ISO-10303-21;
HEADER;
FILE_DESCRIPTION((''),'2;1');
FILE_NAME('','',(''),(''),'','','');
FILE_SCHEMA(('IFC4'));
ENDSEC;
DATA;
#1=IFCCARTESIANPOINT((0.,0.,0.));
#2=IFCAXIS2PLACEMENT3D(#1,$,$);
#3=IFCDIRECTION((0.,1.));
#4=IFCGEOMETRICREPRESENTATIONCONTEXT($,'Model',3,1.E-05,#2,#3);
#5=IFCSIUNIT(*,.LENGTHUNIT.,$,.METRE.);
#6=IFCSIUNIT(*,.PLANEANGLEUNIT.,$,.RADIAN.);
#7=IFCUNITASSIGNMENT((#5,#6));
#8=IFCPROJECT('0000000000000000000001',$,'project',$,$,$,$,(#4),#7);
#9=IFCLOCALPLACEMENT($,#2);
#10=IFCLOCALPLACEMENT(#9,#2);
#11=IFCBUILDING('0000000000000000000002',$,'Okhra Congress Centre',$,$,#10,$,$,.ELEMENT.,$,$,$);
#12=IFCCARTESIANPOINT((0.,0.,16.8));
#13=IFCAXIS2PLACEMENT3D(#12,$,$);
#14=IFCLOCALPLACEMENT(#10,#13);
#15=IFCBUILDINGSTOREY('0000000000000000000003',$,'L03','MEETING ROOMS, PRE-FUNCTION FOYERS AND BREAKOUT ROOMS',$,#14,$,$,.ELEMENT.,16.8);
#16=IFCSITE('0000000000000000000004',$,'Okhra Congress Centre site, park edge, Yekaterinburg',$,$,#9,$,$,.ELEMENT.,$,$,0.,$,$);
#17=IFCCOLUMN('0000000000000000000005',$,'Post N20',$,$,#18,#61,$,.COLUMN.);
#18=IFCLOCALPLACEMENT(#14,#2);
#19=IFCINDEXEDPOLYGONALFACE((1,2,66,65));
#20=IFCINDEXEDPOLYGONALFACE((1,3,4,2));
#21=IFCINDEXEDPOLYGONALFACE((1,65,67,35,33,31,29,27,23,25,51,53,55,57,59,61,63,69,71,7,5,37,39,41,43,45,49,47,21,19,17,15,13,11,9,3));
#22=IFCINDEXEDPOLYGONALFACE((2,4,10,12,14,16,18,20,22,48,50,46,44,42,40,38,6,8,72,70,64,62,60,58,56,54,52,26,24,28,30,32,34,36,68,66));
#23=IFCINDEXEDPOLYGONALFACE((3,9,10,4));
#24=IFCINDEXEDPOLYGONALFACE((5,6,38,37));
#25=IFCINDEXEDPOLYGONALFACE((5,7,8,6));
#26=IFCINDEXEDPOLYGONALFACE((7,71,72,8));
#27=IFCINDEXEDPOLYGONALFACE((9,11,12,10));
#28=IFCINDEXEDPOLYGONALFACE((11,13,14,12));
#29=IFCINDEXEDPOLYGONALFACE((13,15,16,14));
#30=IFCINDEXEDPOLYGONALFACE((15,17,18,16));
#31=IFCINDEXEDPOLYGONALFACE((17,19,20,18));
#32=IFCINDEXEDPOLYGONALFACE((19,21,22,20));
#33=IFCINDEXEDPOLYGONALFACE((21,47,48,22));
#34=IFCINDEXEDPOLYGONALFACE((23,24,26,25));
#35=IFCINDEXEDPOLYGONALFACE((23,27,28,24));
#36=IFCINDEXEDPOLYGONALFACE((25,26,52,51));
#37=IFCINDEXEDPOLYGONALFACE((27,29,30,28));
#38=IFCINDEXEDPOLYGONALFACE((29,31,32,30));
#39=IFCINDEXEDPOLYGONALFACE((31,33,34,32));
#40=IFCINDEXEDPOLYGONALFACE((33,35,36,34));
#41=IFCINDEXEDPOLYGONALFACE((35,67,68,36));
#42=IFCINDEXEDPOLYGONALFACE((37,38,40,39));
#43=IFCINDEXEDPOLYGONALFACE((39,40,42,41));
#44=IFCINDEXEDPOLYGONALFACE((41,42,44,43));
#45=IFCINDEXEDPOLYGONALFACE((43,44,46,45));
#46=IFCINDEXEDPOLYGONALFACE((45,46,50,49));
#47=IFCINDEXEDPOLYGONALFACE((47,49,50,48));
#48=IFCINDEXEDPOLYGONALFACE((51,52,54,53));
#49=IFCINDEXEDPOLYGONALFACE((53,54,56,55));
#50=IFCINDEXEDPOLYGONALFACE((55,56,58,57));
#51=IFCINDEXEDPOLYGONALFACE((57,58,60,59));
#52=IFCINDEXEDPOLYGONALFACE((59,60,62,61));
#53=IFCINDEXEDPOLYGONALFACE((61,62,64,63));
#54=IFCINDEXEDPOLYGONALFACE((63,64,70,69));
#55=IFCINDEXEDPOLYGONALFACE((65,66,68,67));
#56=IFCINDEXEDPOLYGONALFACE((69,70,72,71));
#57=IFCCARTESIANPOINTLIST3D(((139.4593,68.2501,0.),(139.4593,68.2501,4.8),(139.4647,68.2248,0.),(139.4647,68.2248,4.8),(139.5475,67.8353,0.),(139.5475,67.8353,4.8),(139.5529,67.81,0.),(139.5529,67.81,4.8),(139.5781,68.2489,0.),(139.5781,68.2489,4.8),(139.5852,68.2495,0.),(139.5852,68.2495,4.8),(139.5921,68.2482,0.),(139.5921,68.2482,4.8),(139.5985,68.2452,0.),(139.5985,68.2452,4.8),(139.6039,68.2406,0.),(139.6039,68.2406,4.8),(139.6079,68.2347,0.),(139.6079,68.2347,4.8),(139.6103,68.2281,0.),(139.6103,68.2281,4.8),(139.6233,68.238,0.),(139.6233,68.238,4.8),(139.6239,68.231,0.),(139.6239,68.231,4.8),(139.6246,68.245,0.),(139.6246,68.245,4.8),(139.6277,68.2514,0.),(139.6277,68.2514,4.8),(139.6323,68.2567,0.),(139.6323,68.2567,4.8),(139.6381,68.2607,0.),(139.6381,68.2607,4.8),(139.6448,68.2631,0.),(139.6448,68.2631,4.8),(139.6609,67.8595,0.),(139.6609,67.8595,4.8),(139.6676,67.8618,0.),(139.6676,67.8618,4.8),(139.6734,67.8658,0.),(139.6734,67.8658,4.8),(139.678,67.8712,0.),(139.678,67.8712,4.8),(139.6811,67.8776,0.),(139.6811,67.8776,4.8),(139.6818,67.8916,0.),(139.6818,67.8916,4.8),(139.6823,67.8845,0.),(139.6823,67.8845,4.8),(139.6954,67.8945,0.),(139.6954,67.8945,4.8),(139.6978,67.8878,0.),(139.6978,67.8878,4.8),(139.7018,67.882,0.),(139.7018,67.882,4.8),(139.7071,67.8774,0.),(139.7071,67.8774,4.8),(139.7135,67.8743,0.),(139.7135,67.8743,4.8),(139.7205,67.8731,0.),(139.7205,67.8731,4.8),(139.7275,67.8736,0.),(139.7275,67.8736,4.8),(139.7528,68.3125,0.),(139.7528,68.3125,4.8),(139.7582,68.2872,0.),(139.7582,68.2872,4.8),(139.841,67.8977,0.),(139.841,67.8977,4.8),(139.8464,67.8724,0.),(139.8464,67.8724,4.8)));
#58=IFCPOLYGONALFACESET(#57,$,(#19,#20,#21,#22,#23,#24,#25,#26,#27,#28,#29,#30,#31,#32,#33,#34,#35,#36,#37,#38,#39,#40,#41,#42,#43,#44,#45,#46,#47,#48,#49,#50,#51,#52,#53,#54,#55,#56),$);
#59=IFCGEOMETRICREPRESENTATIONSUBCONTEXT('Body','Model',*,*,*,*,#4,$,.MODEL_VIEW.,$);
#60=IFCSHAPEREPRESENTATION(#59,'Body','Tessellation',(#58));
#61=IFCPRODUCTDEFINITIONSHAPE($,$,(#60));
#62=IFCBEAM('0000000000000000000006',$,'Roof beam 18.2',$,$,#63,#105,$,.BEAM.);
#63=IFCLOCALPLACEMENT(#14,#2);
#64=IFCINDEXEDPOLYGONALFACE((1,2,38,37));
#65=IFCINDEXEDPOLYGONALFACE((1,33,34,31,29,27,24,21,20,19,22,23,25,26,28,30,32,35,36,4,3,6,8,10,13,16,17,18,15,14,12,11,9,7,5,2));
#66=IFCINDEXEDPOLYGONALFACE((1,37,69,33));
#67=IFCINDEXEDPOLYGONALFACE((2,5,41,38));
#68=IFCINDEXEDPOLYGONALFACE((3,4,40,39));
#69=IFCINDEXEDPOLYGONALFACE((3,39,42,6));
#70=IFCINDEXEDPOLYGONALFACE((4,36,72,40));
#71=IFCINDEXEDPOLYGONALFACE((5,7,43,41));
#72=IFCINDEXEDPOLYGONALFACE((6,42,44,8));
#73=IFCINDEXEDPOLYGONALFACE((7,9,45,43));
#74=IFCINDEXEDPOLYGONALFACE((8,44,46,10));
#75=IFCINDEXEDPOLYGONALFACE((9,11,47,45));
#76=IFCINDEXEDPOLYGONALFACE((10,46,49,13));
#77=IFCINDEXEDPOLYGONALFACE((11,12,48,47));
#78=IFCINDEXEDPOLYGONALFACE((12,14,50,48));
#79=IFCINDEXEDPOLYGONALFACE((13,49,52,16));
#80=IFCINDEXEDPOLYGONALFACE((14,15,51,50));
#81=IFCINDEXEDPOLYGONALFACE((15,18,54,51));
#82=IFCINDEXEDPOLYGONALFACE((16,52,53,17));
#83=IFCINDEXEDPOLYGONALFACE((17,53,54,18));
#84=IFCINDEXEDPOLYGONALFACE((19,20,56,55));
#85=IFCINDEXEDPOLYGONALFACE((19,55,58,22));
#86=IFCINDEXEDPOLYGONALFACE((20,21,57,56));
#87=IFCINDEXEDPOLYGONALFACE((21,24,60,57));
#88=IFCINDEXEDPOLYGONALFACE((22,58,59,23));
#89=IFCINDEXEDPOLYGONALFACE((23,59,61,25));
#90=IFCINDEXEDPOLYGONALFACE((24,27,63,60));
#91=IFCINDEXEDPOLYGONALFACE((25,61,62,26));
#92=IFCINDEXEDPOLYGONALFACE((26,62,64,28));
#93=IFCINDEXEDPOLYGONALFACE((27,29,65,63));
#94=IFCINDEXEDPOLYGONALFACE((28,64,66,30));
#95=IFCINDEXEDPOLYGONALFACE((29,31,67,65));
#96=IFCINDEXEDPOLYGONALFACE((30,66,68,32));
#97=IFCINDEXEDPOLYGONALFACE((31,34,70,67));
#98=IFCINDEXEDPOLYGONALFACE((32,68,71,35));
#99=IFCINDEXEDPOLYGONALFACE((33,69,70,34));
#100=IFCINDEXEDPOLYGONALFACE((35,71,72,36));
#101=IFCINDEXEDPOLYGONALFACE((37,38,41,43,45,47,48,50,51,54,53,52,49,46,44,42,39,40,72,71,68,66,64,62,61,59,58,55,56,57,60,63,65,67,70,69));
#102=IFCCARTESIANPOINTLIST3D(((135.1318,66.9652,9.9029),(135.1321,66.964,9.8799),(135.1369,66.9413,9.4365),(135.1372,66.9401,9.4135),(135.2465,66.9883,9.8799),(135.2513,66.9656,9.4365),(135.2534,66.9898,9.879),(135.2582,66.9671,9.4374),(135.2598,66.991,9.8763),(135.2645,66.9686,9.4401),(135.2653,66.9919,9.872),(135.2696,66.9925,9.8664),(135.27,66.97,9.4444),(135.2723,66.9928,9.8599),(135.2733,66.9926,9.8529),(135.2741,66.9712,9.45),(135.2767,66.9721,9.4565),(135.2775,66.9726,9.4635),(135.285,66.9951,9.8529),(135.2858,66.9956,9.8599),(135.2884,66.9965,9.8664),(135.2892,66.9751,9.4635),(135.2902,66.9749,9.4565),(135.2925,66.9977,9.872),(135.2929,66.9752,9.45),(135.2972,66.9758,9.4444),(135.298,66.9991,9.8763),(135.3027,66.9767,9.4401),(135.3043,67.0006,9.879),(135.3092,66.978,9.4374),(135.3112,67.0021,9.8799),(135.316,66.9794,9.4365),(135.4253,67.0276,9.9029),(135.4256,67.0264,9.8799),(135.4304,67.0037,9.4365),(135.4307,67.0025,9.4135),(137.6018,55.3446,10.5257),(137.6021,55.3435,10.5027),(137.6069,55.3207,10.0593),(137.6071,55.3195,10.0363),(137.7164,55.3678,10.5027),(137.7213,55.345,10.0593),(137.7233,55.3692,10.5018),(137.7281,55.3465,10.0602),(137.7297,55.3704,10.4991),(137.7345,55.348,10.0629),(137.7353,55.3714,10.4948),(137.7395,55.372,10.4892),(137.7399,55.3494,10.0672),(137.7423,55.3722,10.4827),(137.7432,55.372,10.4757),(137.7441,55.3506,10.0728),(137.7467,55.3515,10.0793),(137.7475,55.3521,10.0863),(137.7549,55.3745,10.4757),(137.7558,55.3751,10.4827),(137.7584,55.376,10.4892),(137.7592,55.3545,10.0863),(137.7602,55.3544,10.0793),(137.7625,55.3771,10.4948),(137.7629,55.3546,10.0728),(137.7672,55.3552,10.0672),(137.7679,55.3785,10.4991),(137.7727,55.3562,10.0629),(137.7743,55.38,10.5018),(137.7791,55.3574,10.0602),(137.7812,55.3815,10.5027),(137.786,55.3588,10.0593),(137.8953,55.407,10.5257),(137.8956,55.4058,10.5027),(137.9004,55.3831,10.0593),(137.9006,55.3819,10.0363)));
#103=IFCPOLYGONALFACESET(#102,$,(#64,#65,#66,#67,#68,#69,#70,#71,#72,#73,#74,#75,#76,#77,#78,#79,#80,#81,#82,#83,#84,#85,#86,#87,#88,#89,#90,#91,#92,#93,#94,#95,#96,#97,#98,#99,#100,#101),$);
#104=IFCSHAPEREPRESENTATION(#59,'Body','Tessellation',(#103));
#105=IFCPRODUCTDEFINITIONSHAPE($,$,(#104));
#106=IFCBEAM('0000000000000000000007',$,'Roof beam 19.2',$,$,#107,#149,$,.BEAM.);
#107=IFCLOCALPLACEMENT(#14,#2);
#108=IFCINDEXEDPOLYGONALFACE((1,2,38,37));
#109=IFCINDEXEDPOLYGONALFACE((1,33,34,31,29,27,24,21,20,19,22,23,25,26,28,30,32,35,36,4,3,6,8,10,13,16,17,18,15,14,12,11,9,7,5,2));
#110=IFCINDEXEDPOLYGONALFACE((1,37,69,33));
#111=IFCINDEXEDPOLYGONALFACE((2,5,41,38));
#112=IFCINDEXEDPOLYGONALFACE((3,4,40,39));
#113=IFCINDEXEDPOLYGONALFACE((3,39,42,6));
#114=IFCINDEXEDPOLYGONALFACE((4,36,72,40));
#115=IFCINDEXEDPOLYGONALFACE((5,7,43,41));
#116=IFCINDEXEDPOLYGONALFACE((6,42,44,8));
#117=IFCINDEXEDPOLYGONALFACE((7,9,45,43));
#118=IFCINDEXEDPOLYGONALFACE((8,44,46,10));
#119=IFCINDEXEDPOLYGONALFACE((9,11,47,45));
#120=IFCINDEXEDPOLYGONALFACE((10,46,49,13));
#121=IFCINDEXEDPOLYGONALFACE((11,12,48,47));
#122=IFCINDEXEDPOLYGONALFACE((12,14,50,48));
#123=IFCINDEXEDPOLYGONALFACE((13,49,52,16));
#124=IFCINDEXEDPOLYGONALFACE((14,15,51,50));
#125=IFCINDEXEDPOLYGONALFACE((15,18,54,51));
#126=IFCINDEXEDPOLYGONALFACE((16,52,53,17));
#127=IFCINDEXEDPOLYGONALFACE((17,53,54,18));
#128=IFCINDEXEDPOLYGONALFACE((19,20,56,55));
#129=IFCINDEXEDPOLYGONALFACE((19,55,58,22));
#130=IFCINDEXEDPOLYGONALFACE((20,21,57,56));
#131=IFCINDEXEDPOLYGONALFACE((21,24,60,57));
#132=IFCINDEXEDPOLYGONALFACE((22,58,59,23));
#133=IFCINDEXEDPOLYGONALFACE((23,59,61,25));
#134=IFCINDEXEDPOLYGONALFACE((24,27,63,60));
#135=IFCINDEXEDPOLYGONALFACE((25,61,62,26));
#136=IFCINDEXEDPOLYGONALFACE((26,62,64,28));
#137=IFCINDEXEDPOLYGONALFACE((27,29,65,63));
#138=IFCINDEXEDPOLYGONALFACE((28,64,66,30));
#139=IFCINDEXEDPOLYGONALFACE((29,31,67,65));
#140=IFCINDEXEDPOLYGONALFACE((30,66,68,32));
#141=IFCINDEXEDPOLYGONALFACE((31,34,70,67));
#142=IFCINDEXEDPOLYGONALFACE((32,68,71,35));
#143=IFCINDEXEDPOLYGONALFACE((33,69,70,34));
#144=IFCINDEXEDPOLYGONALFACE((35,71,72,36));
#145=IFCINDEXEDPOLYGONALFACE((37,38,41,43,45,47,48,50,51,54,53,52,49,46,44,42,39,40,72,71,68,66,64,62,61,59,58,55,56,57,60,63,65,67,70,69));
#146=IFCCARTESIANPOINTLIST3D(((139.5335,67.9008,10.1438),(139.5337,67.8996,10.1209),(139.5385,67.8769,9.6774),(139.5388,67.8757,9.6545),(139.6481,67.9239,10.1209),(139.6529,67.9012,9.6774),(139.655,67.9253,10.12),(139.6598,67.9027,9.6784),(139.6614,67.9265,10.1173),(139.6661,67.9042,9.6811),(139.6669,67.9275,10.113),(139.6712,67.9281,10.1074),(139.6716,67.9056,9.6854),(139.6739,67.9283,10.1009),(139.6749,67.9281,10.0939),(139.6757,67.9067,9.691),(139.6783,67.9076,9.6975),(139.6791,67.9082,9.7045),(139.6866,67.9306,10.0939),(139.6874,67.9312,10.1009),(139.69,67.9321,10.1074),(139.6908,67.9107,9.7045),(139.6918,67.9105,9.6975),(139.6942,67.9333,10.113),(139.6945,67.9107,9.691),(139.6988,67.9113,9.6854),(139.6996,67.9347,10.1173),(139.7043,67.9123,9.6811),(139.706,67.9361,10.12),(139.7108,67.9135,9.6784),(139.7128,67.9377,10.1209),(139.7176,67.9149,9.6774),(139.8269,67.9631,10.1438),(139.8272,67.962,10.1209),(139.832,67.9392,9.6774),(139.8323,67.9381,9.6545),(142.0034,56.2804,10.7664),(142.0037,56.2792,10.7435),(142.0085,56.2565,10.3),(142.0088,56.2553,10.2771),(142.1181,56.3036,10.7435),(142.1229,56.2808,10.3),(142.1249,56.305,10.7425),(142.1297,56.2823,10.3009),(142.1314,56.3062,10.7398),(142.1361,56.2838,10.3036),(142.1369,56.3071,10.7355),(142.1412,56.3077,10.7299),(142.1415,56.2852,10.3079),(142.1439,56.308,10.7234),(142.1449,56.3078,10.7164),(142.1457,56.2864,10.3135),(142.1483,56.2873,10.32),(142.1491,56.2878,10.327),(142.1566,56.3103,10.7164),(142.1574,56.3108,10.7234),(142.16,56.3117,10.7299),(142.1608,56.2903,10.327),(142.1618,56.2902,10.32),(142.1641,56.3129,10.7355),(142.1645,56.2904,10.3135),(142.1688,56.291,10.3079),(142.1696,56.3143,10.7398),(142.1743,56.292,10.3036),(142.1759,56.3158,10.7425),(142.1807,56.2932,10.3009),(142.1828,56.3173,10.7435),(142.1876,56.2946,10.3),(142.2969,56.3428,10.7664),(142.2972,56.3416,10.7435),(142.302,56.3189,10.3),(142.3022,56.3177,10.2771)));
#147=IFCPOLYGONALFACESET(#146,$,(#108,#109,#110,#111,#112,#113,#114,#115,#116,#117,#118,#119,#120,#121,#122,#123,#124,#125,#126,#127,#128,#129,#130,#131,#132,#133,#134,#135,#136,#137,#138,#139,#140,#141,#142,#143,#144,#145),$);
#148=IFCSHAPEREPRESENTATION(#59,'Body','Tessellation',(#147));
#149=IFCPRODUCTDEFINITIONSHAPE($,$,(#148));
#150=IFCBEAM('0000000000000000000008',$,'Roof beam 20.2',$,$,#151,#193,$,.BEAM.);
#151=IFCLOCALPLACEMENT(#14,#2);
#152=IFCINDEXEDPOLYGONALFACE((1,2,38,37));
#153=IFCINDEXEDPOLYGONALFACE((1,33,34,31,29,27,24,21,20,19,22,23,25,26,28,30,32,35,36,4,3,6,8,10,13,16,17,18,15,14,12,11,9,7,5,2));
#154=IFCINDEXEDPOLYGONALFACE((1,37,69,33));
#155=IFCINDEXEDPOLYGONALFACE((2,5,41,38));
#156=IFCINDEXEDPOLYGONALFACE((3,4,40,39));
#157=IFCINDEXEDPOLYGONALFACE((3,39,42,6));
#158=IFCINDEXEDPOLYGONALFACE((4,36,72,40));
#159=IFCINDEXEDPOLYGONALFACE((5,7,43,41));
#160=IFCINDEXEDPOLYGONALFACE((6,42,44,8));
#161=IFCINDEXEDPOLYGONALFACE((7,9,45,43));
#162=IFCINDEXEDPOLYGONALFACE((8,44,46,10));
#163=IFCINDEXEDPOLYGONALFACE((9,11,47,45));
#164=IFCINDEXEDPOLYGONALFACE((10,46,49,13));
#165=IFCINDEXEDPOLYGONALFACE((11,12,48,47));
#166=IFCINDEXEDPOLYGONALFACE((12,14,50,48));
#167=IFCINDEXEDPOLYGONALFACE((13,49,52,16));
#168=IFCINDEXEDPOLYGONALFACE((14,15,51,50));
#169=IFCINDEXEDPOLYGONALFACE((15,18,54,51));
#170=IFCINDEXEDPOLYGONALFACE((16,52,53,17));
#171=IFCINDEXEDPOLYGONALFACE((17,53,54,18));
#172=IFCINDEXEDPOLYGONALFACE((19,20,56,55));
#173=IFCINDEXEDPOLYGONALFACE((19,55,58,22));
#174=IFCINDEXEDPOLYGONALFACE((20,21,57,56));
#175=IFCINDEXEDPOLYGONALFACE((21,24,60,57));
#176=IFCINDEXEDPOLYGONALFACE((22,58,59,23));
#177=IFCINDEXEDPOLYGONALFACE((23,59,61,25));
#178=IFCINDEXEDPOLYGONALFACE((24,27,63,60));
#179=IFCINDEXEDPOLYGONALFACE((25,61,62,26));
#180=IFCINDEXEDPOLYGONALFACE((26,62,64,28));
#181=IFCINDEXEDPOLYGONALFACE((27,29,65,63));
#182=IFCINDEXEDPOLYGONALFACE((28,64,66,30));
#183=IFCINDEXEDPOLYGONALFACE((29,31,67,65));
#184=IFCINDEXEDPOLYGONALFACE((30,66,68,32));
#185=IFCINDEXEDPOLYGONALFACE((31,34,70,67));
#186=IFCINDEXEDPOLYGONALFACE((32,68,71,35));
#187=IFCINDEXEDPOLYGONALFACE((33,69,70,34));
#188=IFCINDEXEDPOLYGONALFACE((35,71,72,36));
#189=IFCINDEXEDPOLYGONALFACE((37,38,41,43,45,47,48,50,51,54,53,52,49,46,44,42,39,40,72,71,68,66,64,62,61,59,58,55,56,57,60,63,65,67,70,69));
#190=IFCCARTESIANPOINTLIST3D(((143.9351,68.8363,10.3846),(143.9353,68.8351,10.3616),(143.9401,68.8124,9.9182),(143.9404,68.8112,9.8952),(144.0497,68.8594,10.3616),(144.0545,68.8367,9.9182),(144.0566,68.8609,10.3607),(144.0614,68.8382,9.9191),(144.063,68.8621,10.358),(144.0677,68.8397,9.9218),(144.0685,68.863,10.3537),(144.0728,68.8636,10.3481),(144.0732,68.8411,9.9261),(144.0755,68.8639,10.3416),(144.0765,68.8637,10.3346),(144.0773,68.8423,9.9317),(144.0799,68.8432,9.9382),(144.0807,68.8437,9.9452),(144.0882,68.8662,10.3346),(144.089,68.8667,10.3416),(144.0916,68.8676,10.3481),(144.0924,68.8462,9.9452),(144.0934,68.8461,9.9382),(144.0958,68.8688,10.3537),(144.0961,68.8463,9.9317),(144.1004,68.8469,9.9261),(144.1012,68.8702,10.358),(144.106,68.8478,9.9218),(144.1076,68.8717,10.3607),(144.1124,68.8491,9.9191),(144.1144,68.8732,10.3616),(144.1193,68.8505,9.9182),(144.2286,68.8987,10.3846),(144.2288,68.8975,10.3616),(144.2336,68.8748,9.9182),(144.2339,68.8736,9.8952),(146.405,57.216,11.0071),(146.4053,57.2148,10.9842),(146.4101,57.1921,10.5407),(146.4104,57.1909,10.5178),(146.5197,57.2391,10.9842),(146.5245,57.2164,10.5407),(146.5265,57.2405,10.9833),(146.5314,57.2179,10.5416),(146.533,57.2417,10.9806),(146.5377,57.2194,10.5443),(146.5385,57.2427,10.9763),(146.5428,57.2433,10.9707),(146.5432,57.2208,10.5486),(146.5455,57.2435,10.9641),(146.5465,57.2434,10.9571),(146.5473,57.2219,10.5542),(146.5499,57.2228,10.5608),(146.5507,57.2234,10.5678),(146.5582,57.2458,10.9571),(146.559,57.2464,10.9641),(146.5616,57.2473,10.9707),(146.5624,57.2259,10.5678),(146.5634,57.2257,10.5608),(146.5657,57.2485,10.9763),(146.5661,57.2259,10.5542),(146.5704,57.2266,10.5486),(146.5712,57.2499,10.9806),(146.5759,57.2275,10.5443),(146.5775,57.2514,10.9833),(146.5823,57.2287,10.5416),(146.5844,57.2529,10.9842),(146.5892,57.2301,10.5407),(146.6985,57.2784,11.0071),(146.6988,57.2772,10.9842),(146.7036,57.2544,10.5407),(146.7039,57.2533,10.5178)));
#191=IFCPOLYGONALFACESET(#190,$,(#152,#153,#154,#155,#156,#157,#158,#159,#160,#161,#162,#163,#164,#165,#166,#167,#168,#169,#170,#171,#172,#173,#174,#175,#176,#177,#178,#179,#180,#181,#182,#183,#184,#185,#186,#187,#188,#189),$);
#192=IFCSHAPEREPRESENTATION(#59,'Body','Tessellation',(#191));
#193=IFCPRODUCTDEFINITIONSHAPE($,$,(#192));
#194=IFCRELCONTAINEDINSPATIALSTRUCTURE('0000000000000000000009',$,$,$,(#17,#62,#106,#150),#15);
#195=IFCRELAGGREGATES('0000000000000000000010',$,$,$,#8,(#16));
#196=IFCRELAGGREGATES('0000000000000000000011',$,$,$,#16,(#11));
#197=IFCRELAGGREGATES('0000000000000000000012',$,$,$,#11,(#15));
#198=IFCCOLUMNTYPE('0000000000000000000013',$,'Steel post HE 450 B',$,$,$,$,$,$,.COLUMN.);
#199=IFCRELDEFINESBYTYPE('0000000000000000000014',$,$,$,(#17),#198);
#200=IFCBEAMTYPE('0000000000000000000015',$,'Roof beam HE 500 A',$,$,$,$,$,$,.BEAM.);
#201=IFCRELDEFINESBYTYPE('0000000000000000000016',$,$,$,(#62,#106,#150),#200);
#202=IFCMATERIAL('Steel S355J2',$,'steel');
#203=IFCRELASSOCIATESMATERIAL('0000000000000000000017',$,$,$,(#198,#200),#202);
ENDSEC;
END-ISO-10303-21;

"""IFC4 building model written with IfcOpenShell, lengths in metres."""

from ifc_helpers import new_model, si_unit, direction, frame, origin, origin_2d, place, context, subcontext, project, spatial, i_section, extrude, material, material_profile, profile_set, type_object, element, save


model = new_model("IFC4")

# Units and contexts
model_context = context("Model", 3, precision=1e-05, world=origin(), true_north=direction((0.0, 1.0)))
body_context = subcontext(model_context, "Body", "Model", "MODEL_VIEW")
ifc_project = project(units=[si_unit("LENGTHUNIT", "METRE"), si_unit("PLANEANGLEUNIT", "RADIAN")], contexts=[model_context])

# Site, building, storey
site_placement = place(None, origin())
site = spatial("IfcSite", under=ifc_project, at=site_placement, Name="Okhra Congress Centre site, park edge, Yekaterinburg", CompositionType="ELEMENT", RefElevation=0.0)
building_placement = place(site_placement, origin())
building = spatial("IfcBuilding", under=site, at=building_placement, Name="Okhra Congress Centre", CompositionType="ELEMENT")
storey_placement = place(building_placement, frame((0.0, 0.0, 16.8)))
storey = spatial("IfcBuildingStorey", under=building, at=storey_placement, Name="L03", Description="MEETING ROOMS, PRE-FUNCTION FOYERS AND BREAKOUT ROOMS", CompositionType="ELEMENT", Elevation=16.8)

# Column
ifc_material_1 = material(Name="Steel S355J2", Category="steel")
ifc_material_profile_1 = material_profile(ifc_material_1, i_section(OverallWidth=0.3, OverallDepth=0.45, WebThickness=0.0139, FlangeThickness=0.0259, FilletRadius=0.0271, at=origin_2d()), Name="HE 450 B")
ifc_profile_set_1 = profile_set([ifc_material_profile_1], Name="Steel S355J2")
column_type = type_object("IfcColumnType", Name="Steel post HE 450 B", PredefinedType="COLUMN", material=ifc_profile_set_1)
column_placement = place(storey_placement, frame((139.6528, 68.0613, 0.0), z_axis=(0.0, 0.0, 1.0), x_axis=(0.978148, 0.207912, 0.0)))
element("IfcColumn", 1, at=column_placement, inside=storey, type_object=column_type, Name="Post N20", PredefinedType="COLUMN", context=body_context, shape_type="SweptSolid", body=[
    extrude(i_section(OverallWidth=0.3, OverallDepth=0.45, WebThickness=0.0139, FlangeThickness=0.0259, FilletRadius=0.0271, at=origin_2d()), origin(), (0.0, 0.0, 1.0), 4.8),
])

# Beams
ifc_material_profile_2 = material_profile(ifc_material_1, i_section(OverallWidth=0.3, OverallDepth=0.49, WebThickness=0.012, FlangeThickness=0.0229, FilletRadius=0.0271, at=origin_2d()), Name="HE 500 A")
ifc_profile_set_2 = profile_set([ifc_material_profile_2], Name="Steel S355J2")
beam_type = type_object("IfcBeamType", Name="Roof beam HE 500 A", PredefinedType="BEAM", material=ifc_profile_set_2)
beam_placement = place(storey_placement, frame((137.7512, 55.3633, 10.281), z_axis=(-0.207621, 0.976807, -0.052352), x_axis=(-0.978149, -0.207906, 0.0)))
element("IfcBeam", 2, at=beam_placement, inside=storey, type_object=beam_type, Name="Roof beam 18.2", PredefinedType="BEAM", context=body_context, shape_type="SweptSolid", body=[
    extrude(i_section(OverallWidth=0.3, OverallDepth=0.49, WebThickness=0.012, FlangeThickness=0.0229, FilletRadius=0.0271, at=origin_2d()), origin(), (0.0, 0.0, 1.0), 11.8965),
])
for number, where, z_axis, x_axis, name in (
    (3, (142.1528, 56.2991, 10.5217), (-0.207626, 0.976808, -0.052332), (-0.978148, -0.207911, 0.0), "Roof beam 19.2"),
    (4, (146.5544, 57.2346, 10.7625), (-0.207626, 0.976808, -0.052332), (-0.978148, -0.207911, 0.0), "Roof beam 20.2"),
):
    element("IfcBeam", number, at=place(storey_placement, frame(where, z_axis=z_axis, x_axis=x_axis)), inside=storey, type_object=beam_type, Name=name, PredefinedType="BEAM", context=body_context, shape_type="SweptSolid", body=[
        extrude(i_section(OverallWidth=0.3, OverallDepth=0.49, WebThickness=0.012, FlangeThickness=0.0229, FilletRadius=0.0271, at=origin_2d()), origin(), (0.0, 0.0, 1.0), 11.8962),
    ])

save(model, "model.ifc")
